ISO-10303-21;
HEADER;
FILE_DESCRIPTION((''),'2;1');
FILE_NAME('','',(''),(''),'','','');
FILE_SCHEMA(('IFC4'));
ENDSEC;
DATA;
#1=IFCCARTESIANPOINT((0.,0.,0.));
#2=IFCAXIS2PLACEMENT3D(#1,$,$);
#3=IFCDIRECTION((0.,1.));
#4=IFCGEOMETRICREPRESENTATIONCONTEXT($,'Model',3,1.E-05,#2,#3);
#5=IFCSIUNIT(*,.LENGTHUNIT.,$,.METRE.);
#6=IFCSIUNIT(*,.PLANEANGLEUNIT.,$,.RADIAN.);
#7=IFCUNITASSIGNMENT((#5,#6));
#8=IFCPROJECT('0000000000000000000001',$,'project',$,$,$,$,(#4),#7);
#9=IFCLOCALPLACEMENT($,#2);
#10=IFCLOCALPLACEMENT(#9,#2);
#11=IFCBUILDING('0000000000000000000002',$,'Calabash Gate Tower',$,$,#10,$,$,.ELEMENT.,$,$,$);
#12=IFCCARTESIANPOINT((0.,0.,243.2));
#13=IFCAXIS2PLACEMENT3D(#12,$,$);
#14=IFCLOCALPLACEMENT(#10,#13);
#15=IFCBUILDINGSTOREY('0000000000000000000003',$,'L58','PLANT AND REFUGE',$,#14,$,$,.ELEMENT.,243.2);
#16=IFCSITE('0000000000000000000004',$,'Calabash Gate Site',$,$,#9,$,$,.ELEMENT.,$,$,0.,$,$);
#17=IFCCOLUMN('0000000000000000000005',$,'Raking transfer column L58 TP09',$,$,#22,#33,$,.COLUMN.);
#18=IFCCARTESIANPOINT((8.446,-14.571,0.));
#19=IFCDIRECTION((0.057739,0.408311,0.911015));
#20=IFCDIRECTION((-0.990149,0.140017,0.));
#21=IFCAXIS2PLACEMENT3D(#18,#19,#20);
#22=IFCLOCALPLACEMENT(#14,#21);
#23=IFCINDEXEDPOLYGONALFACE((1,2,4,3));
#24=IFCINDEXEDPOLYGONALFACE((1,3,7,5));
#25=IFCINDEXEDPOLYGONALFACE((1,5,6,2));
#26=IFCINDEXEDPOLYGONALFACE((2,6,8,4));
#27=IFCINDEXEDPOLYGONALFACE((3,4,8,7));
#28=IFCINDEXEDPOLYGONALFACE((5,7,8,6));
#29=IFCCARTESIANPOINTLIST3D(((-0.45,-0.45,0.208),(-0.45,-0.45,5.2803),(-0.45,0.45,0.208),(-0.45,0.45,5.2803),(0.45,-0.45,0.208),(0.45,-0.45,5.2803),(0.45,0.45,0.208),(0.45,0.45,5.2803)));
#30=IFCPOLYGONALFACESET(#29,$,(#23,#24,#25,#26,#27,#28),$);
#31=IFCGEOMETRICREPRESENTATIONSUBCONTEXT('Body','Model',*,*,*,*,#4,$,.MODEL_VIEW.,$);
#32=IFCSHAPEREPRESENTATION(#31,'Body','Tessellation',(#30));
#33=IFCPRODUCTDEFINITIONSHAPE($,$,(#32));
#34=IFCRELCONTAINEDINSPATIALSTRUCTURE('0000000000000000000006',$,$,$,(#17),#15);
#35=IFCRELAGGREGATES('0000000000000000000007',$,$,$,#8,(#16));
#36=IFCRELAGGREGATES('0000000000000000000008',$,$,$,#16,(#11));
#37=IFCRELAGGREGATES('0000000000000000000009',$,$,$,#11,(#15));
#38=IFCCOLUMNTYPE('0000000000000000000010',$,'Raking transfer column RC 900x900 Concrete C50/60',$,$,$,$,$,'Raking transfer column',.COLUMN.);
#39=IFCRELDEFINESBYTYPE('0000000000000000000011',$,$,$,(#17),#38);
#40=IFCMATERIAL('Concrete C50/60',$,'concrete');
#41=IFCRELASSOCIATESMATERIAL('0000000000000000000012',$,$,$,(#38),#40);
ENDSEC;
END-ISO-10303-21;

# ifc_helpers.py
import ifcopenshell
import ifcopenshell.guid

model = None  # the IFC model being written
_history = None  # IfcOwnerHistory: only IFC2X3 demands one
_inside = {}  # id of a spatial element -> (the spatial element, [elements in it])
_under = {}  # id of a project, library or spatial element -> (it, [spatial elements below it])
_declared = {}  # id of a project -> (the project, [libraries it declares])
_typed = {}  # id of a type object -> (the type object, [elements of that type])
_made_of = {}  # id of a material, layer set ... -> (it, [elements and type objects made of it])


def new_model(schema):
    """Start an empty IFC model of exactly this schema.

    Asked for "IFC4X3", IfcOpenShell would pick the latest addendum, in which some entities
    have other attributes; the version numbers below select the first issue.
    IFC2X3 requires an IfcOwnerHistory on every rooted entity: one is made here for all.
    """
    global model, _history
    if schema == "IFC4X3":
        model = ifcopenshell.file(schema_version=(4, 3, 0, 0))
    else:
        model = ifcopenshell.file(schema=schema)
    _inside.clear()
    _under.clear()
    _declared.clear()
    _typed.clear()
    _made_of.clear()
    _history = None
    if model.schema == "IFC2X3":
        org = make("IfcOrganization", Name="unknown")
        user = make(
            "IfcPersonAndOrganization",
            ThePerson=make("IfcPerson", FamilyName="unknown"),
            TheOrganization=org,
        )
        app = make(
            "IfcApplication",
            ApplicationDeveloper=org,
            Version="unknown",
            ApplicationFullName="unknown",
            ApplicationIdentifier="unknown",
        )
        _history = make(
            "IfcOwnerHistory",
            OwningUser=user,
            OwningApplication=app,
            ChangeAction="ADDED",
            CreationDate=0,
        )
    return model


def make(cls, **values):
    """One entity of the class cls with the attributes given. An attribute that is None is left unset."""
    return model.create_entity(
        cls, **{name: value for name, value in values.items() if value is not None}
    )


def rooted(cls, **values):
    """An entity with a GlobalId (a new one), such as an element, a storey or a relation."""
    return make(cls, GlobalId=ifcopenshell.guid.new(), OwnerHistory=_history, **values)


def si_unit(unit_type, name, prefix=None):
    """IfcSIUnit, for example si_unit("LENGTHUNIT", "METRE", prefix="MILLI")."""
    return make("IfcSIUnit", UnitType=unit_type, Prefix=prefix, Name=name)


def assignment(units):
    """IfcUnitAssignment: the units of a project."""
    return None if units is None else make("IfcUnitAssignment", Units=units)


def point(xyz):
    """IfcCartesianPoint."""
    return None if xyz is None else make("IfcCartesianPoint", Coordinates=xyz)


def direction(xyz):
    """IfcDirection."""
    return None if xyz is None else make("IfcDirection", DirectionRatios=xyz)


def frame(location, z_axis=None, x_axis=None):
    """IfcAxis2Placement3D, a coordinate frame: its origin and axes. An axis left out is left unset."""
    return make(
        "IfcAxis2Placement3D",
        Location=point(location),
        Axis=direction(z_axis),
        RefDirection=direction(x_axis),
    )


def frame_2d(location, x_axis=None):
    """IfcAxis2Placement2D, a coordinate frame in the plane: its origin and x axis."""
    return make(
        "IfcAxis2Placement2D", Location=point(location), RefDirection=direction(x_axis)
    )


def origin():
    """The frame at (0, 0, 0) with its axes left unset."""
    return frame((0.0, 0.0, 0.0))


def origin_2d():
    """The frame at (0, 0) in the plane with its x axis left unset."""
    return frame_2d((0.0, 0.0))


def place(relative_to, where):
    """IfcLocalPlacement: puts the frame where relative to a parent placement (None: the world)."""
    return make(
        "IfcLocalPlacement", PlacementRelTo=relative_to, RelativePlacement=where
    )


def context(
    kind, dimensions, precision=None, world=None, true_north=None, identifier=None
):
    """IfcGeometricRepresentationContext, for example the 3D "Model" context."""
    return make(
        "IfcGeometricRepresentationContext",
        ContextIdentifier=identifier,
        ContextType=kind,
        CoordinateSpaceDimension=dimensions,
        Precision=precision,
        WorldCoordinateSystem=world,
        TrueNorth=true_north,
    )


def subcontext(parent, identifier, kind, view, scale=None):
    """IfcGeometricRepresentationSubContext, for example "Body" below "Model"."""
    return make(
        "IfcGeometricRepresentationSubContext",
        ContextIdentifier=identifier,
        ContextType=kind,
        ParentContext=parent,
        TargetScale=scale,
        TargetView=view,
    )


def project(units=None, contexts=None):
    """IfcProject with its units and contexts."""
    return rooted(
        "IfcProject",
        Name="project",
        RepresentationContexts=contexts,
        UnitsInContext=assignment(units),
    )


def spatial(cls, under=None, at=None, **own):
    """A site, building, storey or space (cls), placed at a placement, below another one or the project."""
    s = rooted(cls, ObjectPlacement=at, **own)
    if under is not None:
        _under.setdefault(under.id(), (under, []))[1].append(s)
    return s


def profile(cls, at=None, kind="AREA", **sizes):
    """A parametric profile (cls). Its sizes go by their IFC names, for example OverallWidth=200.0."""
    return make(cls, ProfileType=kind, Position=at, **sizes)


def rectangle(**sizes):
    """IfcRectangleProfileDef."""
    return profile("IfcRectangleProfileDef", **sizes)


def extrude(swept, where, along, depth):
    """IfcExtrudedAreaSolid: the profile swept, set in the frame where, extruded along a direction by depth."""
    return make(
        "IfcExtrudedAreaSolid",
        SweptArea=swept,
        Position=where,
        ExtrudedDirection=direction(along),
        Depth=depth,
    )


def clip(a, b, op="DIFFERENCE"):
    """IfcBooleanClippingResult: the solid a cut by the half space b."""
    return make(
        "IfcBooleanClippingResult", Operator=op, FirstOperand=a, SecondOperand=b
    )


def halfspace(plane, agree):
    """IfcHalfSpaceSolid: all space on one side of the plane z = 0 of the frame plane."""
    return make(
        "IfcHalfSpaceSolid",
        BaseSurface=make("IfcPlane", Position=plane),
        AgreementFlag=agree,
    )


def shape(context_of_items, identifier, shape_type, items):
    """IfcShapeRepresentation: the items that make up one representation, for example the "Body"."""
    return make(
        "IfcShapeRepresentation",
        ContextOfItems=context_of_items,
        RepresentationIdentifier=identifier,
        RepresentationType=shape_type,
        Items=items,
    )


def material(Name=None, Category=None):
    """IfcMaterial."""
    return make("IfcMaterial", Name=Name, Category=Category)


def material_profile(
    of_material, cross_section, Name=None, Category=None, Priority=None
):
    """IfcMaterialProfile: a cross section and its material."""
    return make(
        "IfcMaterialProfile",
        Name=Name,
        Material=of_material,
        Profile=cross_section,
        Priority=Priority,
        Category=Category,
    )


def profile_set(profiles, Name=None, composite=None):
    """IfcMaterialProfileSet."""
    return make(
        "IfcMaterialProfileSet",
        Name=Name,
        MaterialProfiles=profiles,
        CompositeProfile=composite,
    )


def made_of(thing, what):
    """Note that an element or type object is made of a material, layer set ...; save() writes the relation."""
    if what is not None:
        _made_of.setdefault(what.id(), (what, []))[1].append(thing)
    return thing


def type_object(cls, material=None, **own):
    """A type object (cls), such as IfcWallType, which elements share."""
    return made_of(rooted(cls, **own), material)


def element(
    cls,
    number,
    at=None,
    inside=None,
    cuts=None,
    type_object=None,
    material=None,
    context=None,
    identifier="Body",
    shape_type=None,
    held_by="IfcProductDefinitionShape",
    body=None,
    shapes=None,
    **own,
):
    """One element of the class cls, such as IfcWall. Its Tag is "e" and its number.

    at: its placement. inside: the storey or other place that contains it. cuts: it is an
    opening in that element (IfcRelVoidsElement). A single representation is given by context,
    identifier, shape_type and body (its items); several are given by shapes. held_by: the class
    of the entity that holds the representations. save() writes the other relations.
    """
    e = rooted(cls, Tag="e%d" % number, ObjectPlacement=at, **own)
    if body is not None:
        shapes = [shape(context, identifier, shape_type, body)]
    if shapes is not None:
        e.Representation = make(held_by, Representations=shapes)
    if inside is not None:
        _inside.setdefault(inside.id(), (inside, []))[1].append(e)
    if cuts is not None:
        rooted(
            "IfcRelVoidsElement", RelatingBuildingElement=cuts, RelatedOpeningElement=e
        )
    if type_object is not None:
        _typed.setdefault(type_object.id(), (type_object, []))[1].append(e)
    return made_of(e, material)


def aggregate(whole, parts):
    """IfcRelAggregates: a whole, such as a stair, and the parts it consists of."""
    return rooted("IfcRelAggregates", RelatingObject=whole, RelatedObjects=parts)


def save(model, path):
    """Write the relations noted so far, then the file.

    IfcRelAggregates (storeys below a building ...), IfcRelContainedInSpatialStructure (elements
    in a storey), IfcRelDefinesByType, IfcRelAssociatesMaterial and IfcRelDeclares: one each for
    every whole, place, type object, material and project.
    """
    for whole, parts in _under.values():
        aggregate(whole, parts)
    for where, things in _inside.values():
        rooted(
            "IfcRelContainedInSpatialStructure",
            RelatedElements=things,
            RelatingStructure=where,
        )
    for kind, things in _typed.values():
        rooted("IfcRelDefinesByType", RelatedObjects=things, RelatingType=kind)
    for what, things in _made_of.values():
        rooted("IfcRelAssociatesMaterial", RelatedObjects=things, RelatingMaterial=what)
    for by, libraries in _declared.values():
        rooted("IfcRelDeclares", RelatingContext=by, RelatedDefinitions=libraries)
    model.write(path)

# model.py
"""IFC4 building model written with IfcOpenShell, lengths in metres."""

from ifc_helpers import new_model, si_unit, direction, frame, origin, origin_2d, place, context, subcontext, project, spatial, rectangle, extrude, clip, halfspace, material, material_profile, profile_set, type_object, element, save


model = new_model("IFC4")

# Units and contexts
model_context = context("Model", 3, precision=1e-05, world=origin(), true_north=direction((0.0, 1.0)))
body_context = subcontext(model_context, "Body", "Model", "MODEL_VIEW")
ifc_project = project(units=[si_unit("LENGTHUNIT", "METRE"), si_unit("PLANEANGLEUNIT", "RADIAN")], contexts=[model_context])

# Site, building, storey
site_placement = place(None, origin())
site = spatial("IfcSite", under=ifc_project, at=site_placement, Name="Calabash Gate Site", CompositionType="ELEMENT", RefElevation=0.0)
building_placement = place(site_placement, origin())
building = spatial("IfcBuilding", under=site, at=building_placement, Name="Calabash Gate Tower", CompositionType="ELEMENT")
storey_placement = place(building_placement, frame((0.0, 0.0, 243.2)))
storey = spatial("IfcBuildingStorey", under=building, at=storey_placement, Name="L58", Description="PLANT AND REFUGE", CompositionType="ELEMENT", Elevation=243.2)

# Column
ifc_material_1 = material(Name="Concrete C50/60", Category="concrete")
ifc_material_profile_1 = material_profile(ifc_material_1, rectangle(XDim=0.8999, YDim=0.8999, at=origin_2d()))
ifc_profile_set_1 = profile_set([ifc_material_profile_1], Name="Concrete C50/60")
column_type = type_object("IfcColumnType", Name="Raking transfer column RC 900x900 Concrete C50/60", ElementType="Raking transfer column", PredefinedType="COLUMN", material=ifc_profile_set_1)
column_placement = place(storey_placement, frame((8.446, -14.571, 0.0), z_axis=(0.057739, 0.408311, 0.911015), x_axis=(-0.990149, 0.140017, 0.0)))
element("IfcColumn", 1, at=column_placement, inside=storey, type_object=column_type, Name="Raking transfer column L58 TP09", PredefinedType="COLUMN", context=body_context, shape_type="Clipping", body=[
    clip(clip(extrude(rectangle(XDim=0.8999, YDim=0.8999, at=origin_2d()), origin(), (0.0, 0.0, 1.0), 5.4883), halfspace(frame((0.0, 0.0, 0.208), z_axis=(0.0, 0.0, 1.0), x_axis=(1.0, 0.0, 0.0)), True)), halfspace(frame((0.0, 0.0, 5.2803), z_axis=(0.0, 0.0, 1.0), x_axis=(1.0, 0.0, 0.0)), False)),
])

save(model, "model.ifc")
